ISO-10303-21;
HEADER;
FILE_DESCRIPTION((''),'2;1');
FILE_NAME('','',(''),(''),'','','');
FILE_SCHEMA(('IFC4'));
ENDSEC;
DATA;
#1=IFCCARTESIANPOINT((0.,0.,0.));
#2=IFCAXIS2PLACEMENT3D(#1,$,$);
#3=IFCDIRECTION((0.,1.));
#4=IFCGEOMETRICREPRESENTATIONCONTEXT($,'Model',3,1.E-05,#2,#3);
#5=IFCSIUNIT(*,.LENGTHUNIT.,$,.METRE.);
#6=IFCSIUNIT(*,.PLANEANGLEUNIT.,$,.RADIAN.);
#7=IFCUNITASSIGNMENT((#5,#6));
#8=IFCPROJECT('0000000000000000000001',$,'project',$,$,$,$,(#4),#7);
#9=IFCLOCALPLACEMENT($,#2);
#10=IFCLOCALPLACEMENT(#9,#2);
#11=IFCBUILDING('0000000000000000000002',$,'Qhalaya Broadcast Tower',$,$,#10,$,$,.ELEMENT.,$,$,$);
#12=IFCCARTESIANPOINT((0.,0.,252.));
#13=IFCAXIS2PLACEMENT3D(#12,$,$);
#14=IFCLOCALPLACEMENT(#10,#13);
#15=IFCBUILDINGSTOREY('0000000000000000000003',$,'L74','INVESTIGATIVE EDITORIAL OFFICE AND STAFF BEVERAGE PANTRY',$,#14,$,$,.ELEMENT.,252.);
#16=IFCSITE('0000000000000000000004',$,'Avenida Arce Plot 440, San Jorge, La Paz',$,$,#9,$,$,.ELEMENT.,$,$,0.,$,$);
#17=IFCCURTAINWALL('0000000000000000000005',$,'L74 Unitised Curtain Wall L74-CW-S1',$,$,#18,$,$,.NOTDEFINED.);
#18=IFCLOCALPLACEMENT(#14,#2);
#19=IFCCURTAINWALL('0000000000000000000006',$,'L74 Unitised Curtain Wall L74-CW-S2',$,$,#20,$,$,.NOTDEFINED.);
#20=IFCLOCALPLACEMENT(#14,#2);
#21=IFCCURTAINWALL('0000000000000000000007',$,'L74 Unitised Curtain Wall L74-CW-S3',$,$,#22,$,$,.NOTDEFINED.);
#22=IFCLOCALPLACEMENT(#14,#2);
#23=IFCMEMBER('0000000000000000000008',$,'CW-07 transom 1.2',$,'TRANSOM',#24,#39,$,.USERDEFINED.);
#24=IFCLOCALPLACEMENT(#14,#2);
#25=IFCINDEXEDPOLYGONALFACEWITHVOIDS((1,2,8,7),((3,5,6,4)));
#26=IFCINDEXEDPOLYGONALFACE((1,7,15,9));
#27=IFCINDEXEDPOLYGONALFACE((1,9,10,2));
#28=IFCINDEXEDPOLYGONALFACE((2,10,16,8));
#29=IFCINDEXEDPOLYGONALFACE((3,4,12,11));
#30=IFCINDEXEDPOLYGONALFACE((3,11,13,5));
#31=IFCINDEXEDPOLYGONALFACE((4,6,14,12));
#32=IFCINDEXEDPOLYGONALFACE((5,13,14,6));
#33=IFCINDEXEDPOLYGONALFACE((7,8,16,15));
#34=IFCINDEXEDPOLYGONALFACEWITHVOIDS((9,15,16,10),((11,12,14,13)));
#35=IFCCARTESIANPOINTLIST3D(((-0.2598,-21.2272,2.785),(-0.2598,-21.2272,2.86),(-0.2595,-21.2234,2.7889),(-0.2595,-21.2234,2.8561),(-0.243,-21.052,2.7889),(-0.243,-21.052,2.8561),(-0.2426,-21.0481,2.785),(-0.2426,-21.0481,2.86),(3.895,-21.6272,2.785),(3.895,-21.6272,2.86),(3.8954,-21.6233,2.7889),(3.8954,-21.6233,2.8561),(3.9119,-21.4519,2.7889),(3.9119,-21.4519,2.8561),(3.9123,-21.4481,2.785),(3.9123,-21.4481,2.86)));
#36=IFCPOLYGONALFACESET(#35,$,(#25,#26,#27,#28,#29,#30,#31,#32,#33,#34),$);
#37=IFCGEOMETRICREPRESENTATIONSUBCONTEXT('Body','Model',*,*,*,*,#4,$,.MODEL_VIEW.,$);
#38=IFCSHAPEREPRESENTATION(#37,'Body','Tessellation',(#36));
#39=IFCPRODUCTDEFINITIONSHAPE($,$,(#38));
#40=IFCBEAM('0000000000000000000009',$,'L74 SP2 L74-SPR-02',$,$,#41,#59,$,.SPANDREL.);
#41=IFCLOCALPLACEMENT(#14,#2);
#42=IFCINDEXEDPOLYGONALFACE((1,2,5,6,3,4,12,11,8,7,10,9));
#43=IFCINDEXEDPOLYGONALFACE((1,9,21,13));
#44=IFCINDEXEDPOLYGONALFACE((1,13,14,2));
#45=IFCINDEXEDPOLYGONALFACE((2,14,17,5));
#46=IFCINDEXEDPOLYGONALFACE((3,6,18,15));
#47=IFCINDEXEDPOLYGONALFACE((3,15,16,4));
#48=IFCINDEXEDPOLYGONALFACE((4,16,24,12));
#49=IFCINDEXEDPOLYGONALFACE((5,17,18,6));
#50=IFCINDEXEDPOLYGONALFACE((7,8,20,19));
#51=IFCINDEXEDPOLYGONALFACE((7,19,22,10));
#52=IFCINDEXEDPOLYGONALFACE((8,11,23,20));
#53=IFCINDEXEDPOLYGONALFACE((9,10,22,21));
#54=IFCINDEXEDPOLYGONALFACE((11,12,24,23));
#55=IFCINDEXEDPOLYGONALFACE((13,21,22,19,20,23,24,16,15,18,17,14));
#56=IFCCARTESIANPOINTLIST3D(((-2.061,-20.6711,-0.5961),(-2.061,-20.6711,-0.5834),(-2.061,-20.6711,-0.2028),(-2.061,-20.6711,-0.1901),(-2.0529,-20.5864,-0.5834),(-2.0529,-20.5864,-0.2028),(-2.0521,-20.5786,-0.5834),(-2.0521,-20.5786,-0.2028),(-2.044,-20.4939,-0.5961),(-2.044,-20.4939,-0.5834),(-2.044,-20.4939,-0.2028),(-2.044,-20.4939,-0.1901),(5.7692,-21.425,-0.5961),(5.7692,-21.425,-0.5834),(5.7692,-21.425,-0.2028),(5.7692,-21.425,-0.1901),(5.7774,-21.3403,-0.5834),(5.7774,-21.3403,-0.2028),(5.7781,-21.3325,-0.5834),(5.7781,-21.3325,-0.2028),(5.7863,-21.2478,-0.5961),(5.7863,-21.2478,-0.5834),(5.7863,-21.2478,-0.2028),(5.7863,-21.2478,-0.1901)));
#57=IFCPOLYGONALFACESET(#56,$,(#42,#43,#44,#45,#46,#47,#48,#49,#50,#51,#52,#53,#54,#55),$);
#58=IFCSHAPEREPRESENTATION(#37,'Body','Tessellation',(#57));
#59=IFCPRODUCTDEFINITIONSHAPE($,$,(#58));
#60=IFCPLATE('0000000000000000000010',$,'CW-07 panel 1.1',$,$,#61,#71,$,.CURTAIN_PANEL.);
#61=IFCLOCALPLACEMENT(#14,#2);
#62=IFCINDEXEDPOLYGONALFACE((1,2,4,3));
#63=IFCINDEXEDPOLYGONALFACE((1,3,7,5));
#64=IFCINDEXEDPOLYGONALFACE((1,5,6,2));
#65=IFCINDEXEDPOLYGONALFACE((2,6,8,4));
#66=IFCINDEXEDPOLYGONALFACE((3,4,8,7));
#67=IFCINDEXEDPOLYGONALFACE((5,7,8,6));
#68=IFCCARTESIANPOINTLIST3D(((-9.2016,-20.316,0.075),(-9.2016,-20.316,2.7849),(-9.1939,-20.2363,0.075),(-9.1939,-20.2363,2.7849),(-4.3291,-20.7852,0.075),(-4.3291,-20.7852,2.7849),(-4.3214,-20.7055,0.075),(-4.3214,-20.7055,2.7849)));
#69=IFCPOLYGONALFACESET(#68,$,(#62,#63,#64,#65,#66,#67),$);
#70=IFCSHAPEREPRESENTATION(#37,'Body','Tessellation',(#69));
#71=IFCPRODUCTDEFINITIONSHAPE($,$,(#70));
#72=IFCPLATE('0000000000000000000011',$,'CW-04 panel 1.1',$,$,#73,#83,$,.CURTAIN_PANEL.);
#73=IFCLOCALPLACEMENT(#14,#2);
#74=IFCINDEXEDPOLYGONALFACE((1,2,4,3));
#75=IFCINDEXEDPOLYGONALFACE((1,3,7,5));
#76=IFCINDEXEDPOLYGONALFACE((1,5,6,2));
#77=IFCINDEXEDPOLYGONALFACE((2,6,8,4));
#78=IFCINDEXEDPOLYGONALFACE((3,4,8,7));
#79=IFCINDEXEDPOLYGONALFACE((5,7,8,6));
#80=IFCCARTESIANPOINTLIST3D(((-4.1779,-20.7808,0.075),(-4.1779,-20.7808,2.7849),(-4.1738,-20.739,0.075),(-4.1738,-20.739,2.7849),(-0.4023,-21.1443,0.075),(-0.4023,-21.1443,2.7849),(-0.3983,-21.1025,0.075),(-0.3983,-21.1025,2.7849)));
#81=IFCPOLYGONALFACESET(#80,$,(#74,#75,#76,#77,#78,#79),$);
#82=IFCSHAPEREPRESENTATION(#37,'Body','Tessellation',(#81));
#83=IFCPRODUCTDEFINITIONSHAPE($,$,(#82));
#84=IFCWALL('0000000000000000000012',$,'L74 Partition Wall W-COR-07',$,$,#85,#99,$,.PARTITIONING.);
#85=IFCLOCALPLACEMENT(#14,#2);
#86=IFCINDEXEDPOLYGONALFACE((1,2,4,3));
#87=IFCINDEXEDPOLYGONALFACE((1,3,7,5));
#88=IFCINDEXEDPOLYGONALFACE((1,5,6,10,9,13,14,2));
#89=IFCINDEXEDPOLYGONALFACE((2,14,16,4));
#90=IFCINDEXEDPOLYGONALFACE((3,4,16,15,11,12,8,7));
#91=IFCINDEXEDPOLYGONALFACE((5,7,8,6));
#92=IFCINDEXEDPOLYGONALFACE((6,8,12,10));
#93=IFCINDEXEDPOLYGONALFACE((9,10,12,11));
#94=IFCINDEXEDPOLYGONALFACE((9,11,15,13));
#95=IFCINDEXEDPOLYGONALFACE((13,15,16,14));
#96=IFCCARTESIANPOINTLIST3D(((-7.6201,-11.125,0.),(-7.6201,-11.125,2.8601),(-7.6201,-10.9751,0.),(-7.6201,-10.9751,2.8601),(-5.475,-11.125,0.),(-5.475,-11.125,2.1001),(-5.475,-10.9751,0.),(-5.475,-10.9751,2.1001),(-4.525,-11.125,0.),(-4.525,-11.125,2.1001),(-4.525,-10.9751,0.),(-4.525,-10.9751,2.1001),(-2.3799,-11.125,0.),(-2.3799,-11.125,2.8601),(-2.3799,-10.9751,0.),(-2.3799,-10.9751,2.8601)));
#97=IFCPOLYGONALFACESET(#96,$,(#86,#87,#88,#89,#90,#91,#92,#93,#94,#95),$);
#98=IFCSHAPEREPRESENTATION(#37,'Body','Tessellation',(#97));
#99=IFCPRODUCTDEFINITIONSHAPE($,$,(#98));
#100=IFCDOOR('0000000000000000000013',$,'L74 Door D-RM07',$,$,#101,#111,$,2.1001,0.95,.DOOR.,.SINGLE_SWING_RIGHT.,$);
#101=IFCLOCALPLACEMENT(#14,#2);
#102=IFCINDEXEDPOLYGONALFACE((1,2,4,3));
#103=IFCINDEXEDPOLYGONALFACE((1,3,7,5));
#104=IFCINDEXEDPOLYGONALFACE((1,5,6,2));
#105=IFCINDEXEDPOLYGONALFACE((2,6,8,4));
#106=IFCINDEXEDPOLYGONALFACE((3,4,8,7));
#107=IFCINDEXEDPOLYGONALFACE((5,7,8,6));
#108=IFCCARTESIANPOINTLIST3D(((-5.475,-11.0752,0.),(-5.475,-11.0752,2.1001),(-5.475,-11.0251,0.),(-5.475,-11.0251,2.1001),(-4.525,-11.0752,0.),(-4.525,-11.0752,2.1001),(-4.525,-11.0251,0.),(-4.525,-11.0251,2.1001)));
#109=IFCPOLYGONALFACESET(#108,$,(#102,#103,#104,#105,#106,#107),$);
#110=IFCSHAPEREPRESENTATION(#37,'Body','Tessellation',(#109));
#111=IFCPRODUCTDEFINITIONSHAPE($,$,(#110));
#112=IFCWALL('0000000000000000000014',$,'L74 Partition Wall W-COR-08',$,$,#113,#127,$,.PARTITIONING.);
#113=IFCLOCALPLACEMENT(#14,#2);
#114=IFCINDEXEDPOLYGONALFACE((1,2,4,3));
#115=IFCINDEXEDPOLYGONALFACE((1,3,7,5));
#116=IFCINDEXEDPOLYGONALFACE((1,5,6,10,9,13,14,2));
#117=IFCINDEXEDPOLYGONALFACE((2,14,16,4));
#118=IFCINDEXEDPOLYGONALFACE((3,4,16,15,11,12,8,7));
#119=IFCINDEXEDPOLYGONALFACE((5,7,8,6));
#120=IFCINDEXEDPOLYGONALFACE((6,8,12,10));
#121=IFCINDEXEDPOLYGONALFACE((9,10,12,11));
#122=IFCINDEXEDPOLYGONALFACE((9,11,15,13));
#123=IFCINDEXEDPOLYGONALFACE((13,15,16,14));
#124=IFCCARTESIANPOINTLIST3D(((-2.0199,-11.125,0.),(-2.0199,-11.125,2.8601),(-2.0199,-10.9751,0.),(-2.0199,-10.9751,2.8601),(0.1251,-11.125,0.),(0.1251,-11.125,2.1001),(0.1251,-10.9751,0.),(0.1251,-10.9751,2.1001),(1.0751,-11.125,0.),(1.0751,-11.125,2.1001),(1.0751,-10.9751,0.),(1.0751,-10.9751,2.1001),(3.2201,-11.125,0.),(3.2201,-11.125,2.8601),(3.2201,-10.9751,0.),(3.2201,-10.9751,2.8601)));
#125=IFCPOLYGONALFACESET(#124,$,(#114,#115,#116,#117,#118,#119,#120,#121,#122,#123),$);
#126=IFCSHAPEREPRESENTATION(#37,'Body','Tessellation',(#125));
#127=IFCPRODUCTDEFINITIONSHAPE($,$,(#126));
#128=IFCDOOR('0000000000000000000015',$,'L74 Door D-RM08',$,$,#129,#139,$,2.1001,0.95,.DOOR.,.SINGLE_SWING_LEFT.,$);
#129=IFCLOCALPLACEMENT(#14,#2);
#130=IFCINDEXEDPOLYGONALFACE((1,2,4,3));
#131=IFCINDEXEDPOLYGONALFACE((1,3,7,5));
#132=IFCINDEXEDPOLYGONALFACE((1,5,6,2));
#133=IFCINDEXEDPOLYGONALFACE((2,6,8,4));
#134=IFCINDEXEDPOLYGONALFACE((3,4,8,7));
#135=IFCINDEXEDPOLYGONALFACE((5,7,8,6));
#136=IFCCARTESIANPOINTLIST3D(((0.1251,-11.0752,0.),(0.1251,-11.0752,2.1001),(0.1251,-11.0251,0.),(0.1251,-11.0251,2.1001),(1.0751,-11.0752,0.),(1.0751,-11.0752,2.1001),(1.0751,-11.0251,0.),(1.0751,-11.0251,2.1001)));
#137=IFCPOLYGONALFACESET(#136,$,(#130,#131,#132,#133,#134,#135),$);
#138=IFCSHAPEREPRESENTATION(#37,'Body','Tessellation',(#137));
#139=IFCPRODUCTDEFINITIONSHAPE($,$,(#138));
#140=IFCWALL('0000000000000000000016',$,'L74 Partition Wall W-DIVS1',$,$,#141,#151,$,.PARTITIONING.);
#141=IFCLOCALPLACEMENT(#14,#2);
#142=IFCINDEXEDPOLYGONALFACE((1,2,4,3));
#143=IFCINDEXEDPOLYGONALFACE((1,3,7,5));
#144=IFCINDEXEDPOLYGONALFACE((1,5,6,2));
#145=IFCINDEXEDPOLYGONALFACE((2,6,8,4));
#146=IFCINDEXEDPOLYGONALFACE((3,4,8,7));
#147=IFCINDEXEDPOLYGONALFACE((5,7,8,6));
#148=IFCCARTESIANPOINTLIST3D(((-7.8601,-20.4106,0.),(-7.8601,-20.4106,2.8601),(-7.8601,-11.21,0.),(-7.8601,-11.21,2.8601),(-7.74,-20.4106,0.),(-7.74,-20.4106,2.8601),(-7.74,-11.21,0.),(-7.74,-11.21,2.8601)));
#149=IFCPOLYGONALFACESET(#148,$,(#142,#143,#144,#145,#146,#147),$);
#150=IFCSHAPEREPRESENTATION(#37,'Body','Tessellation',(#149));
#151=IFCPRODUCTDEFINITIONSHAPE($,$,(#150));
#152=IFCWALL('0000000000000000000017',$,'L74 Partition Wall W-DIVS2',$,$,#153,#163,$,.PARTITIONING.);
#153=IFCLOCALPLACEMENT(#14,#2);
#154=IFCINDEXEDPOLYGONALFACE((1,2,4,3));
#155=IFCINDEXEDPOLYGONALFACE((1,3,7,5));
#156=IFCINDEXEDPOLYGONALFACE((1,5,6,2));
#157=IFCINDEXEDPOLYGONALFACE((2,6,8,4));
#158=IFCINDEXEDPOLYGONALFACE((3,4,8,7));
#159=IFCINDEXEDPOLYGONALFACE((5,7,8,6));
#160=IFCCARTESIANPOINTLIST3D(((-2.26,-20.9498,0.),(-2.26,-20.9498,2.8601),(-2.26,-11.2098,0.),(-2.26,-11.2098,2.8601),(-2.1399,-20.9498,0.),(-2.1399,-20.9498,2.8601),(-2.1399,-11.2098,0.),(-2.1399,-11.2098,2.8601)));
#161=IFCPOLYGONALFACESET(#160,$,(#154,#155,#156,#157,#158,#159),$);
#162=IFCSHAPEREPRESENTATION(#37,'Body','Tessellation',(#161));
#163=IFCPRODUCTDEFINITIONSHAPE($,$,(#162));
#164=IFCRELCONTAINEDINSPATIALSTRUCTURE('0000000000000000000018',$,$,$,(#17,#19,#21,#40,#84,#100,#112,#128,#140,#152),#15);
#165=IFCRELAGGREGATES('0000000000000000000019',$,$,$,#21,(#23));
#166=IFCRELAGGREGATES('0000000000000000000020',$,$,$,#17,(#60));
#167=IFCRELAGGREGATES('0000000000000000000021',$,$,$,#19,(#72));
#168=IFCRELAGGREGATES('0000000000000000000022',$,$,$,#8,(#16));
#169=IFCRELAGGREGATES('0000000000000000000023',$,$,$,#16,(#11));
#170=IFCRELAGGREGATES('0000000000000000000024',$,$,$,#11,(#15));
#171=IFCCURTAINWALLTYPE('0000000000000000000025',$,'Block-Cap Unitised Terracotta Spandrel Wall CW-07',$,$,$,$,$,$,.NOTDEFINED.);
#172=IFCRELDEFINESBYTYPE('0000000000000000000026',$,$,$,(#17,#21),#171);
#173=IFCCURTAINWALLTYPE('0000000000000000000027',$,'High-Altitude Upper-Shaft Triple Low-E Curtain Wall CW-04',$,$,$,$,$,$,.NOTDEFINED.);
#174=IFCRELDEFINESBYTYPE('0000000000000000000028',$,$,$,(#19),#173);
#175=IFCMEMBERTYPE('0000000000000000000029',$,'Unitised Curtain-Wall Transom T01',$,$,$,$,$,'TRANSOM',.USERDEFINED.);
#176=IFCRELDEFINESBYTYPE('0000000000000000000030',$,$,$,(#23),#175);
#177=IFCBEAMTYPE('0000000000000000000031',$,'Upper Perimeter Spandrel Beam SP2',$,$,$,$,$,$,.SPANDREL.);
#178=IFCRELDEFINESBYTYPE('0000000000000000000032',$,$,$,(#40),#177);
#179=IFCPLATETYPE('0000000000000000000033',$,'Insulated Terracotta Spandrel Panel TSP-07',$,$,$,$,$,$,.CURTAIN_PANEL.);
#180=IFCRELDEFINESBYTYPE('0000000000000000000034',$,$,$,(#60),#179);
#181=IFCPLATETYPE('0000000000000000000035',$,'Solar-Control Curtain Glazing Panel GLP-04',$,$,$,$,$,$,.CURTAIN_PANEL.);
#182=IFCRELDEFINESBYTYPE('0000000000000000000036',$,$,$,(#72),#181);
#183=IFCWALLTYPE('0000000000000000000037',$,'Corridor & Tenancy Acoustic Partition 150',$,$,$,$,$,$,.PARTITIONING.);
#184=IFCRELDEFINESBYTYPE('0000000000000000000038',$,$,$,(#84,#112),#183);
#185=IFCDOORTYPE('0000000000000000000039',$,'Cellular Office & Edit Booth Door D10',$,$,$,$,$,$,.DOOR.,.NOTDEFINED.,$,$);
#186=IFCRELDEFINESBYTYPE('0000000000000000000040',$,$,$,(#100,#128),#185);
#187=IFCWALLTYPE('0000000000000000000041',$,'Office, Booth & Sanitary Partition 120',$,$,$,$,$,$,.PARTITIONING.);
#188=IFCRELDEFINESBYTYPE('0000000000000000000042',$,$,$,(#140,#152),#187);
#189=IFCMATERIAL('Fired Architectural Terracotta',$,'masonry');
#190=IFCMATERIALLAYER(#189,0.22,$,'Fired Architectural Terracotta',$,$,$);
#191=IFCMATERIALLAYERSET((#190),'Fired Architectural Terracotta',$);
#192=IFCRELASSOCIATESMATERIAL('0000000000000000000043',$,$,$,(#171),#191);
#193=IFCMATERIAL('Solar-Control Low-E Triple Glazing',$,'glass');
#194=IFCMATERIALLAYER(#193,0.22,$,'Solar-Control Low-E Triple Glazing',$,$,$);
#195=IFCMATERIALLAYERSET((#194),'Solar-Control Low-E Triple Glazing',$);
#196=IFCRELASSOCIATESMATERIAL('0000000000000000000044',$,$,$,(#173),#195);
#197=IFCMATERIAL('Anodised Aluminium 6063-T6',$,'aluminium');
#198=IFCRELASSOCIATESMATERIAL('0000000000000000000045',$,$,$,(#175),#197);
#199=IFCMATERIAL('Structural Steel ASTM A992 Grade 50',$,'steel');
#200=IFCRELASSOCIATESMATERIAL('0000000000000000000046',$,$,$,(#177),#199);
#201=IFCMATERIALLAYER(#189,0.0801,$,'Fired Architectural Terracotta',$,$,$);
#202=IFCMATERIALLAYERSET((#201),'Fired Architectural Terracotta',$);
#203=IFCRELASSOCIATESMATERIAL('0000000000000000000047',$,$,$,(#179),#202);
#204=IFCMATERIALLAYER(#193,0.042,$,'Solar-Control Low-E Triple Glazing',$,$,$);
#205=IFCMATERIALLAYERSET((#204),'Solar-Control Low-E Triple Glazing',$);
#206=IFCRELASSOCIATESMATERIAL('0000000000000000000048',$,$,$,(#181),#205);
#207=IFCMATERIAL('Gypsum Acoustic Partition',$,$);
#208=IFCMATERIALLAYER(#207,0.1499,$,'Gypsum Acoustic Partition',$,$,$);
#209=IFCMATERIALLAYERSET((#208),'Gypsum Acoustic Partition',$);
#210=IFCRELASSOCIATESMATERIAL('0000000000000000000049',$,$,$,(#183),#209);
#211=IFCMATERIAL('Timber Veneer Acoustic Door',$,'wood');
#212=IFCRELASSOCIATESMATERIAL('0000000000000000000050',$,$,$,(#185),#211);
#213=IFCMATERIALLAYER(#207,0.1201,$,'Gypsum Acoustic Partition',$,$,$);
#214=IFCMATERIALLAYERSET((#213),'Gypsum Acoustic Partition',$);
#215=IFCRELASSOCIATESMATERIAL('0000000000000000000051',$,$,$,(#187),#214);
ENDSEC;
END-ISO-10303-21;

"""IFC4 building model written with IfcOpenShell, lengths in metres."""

from ifc_helpers import new_model, si_unit, direction, frame, frame_2d, origin, origin_2d, place, context, subcontext, project, spatial, rectangle, hollow_rectangle, i_section, extrude, material, layer, layer_set, material_profile, profile_set, type_object, element, fill, aggregate, save


model = new_model("IFC4")

# Units and contexts
model_context = context("Model", 3, precision=1e-05, world=origin(), true_north=direction((0.0, 1.0)))
body_context = subcontext(model_context, "Body", "Model", "MODEL_VIEW")
ifc_project = project(units=[si_unit("LENGTHUNIT", "METRE"), si_unit("PLANEANGLEUNIT", "RADIAN")], contexts=[model_context])

# Site, building, storey
site_placement = place(None, origin())
site = spatial("IfcSite", under=ifc_project, at=site_placement, Name="Avenida Arce Plot 440, San Jorge, La Paz", CompositionType="ELEMENT", RefElevation=0.0)
building_placement = place(site_placement, origin())
building = spatial("IfcBuilding", under=site, at=building_placement, Name="Qhalaya Broadcast Tower", CompositionType="ELEMENT")
storey_placement = place(building_placement, frame((0.0, 0.0, 252.0)))
storey = spatial("IfcBuildingStorey", under=building, at=storey_placement, Name="L74", Description="INVESTIGATIVE EDITORIAL OFFICE AND STAFF BEVERAGE PANTRY", CompositionType="ELEMENT", Elevation=252.0)

# Shared definitions
ifc_material_1 = material(Name="Structural Steel ASTM A992 Grade 50", Category="steel")

# Curtain wall
ifc_material_2 = material(Name="Fired Architectural Terracotta", Category="masonry")
ifc_layer_1 = layer(ifc_material_2, 0.22, Name="Fired Architectural Terracotta")
ifc_layer_set_1 = layer_set([ifc_layer_1], Name="Fired Architectural Terracotta")
curtain_wall_type_1 = type_object("IfcCurtainWallType", Name="Block-Cap Unitised Terracotta Spandrel Wall CW-07", PredefinedType="NOTDEFINED", material=ifc_layer_set_1)
curtain_wall_1_placement = place(storey_placement, origin())
curtain_wall_1 = element("IfcCurtainWall", 1, at=curtain_wall_1_placement, inside=storey, type_object=curtain_wall_type_1, Name="L74 Unitised Curtain Wall L74-CW-S1", PredefinedType="NOTDEFINED")
ifc_material_3 = material(Name="Anodised Aluminium 6063-T6", Category="aluminium")

# Curtain wall
ifc_material_4 = material(Name="Solar-Control Low-E Triple Glazing", Category="glass")
ifc_layer_2 = layer(ifc_material_4, 0.22, Name="Solar-Control Low-E Triple Glazing")
ifc_layer_set_2 = layer_set([ifc_layer_2], Name="Solar-Control Low-E Triple Glazing")
curtain_wall_type_2 = type_object("IfcCurtainWallType", Name="High-Altitude Upper-Shaft Triple Low-E Curtain Wall CW-04", PredefinedType="NOTDEFINED", material=ifc_layer_set_2)
curtain_wall_2_placement = place(storey_placement, origin())
curtain_wall_2 = element("IfcCurtainWall", 2, at=curtain_wall_2_placement, inside=storey, type_object=curtain_wall_type_2, Name="L74 Unitised Curtain Wall L74-CW-S2", PredefinedType="NOTDEFINED")

# Curtain wall
curtain_wall_3_placement = place(storey_placement, origin())
curtain_wall_3 = element("IfcCurtainWall", 3, at=curtain_wall_3_placement, inside=storey, type_object=curtain_wall_type_1, Name="L74 Unitised Curtain Wall L74-CW-S3", PredefinedType="NOTDEFINED")

# Member
ifc_material_profile_1 = material_profile(ifc_material_3, hollow_rectangle(XDim=0.075, YDim=0.1799, WallThickness=0.0039, at=origin_2d()), Name="ALU-TRN 75x180x4")
ifc_profile_set_1 = profile_set([ifc_material_profile_1], Name="Anodised Aluminium 6063-T6")
member_type_1 = type_object("IfcMemberType", Name="Unitised Curtain-Wall Transom T01", ElementType="TRANSOM", PredefinedType="USERDEFINED", material=ifc_profile_set_1)
member_1_placement = place(storey_placement, frame((-0.2512, -21.1377, 2.8225), z_axis=(0.9954, -0.095808, 0.0), x_axis=(0.0, 0.0, 1.0)))
member_1 = element("IfcMember", 4, at=member_1_placement, type_object=member_type_1, Name="CW-07 transom 1.2", ObjectType="TRANSOM", PredefinedType="USERDEFINED", context=body_context, shape_type="SweptSolid", body=[
    extrude(hollow_rectangle(XDim=0.075, YDim=0.1799, WallThickness=0.0039, at=origin_2d()), origin(), (0.0, 0.0, 1.0), 4.1741),
])
aggregate(curtain_wall_3, [member_1])

# Beam
ifc_material_profile_2 = material_profile(ifc_material_1, i_section(OverallWidth=0.178, OverallDepth=0.406, WebThickness=0.0078, FlangeThickness=0.0127, at=origin_2d()), Name="W16X40")
ifc_profile_set_2 = profile_set([ifc_material_profile_2], Name="Structural Steel ASTM A992 Grade 50")
beam_type_1 = type_object("IfcBeamType", Name="Upper Perimeter Spandrel Beam SP2", PredefinedType="SPANDREL", material=ifc_profile_set_2)
beam_1_placement = place(storey_placement, frame((-2.0525, -20.5825, -0.3931), z_axis=(0.995397, -0.095837, 0.0), x_axis=(0.095837, 0.995397, 0.0)))
element("IfcBeam", 5, at=beam_1_placement, inside=storey, type_object=beam_type_1, Name="L74 SP2 L74-SPR-02", PredefinedType="SPANDREL", context=body_context, shape_type="SweptSolid", body=[
    extrude(i_section(OverallWidth=0.178, OverallDepth=0.406, WebThickness=0.0078, FlangeThickness=0.0127, at=origin_2d()), origin(), (0.0, 0.0, 1.0), 7.8665),
])

# Plates
ifc_layer_3 = layer(ifc_material_2, 0.0801, Name="Fired Architectural Terracotta")
ifc_layer_set_3 = layer_set([ifc_layer_3], Name="Fired Architectural Terracotta")
plate_type_1 = type_object("IfcPlateType", Name="Insulated Terracotta Spandrel Panel TSP-07", PredefinedType="CURTAIN_PANEL", material=ifc_layer_set_3)
plate_1_placement = place(storey_placement, frame((-6.7615, -20.5107, 0.075), z_axis=(0.0, 0.0, 1.0), x_axis=(0.995395, -0.095857, 0.0)))
plate_1 = element("IfcPlate", 6, at=plate_1_placement, type_object=plate_type_1, Name="CW-07 panel 1.1", PredefinedType="CURTAIN_PANEL", context=body_context, shape_type="SweptSolid", body=[
    extrude(rectangle(XDim=4.895, YDim=0.0801, at=origin_2d()), origin(), (0.0, 0.0, 1.0), 2.71),
])
aggregate(curtain_wall_1, [plate_1])
ifc_layer_4 = layer(ifc_material_4, 0.042, Name="Solar-Control Low-E Triple Glazing")
ifc_layer_set_4 = layer_set([ifc_layer_4], Name="Solar-Control Low-E Triple Glazing")
plate_type_2 = type_object("IfcPlateType", Name="Solar-Control Curtain Glazing Panel GLP-04", PredefinedType="CURTAIN_PANEL", material=ifc_layer_set_4)
plate_2_placement = place(storey_placement, frame((-2.2881, -20.9417, 0.075), z_axis=(0.0, 0.0, 1.0), x_axis=(0.995397, -0.095842, 0.0)))
plate_2 = element("IfcPlate", 7, at=plate_2_placement, type_object=plate_type_2, Name="CW-04 panel 1.1", PredefinedType="CURTAIN_PANEL", context=body_context, shape_type="SweptSolid", body=[
    extrude(rectangle(XDim=3.793, YDim=0.042, at=origin_2d()), origin(), (0.0, 0.0, 1.0), 2.71),
])
aggregate(curtain_wall_2, [plate_2])

# Walls, openings, doors
ifc_material_5 = material(Name="Gypsum Acoustic Partition")
ifc_layer_5 = layer(ifc_material_5, 0.1499, Name="Gypsum Acoustic Partition")
ifc_layer_set_5 = layer_set([ifc_layer_5], Name="Gypsum Acoustic Partition")
wall_type_1 = type_object("IfcWallType", Name="Corridor & Tenancy Acoustic Partition 150", PredefinedType="PARTITIONING", material=ifc_layer_set_5)
wall_1_placement = place(storey_placement, frame((-7.6201, -11.05, 0.0), z_axis=(0.0, 0.0, 1.0), x_axis=(1.0, 0.0, 0.0)))
wall_1 = element("IfcWall", 8, at=wall_1_placement, inside=storey, type_object=wall_type_1, Name="L74 Partition Wall W-COR-07", PredefinedType="PARTITIONING", context=body_context, shape_type="SweptSolid", body=[
    extrude(rectangle(XDim=5.2402, YDim=0.1499, at=frame_2d((2.6201, 0.0))), origin(), (0.0, 0.0, 1.0), 2.8601),
])
opening_1_placement = place(wall_1_placement, frame((2.145, 0.0, 0.0)))
opening_1 = element("IfcOpeningElement", 9, at=opening_1_placement, cuts=wall_1, PredefinedType="OPENING", context=body_context, shape_type="SweptSolid", body=[
    extrude(rectangle(XDim=0.95, YDim=2.1001, at=frame_2d((0.4751, 1.05))), frame((0.0, 0.0869, 0.0), z_axis=(0.0, -1.0, 0.0), x_axis=(1.0, 0.0, 0.0)), (0.0, 0.0, 1.0), 0.1738),
])
ifc_material_6 = material(Name="Timber Veneer Acoustic Door", Category="wood")
door_type = type_object("IfcDoorType", Name="Cellular Office & Edit Booth Door D10", OperationType="NOTDEFINED", PredefinedType="DOOR", material=ifc_material_6)
door_1_placement = place(opening_1_placement, origin())
door_1 = element("IfcDoor", 10, at=door_1_placement, inside=storey, type_object=door_type, Name="L74 Door D-RM07", OperationType="SINGLE_SWING_RIGHT", OverallHeight=2.1001, OverallWidth=0.95, PredefinedType="DOOR", context=body_context, shape_type="SweptSolid", body=[
    extrude(rectangle(XDim=0.95, YDim=2.1001, at=frame_2d((0.4751, 1.05))), frame((0.0, 0.0249, 0.0), z_axis=(0.0, -1.0, 0.0), x_axis=(1.0, 0.0, 0.0)), (0.0, 0.0, 1.0), 0.05),
])
fill(opening_1, door_1)
wall_2_placement = place(storey_placement, frame((-2.02, -11.05, 0.0), z_axis=(0.0, 0.0, 1.0), x_axis=(1.0, 0.0, 0.0)))
wall_2 = element("IfcWall", 11, at=wall_2_placement, inside=storey, type_object=wall_type_1, Name="L74 Partition Wall W-COR-08", PredefinedType="PARTITIONING", context=body_context, shape_type="SweptSolid", body=[
    extrude(rectangle(XDim=5.24, YDim=0.1499, at=frame_2d((2.6201, 0.0))), origin(), (0.0, 0.0, 1.0), 2.8601),
])
opening_2_placement = place(wall_2_placement, frame((2.145, 0.0, 0.0)))
opening_2 = element("IfcOpeningElement", 12, at=opening_2_placement, cuts=wall_2, PredefinedType="OPENING", context=body_context, shape_type="SweptSolid", body=[
    extrude(rectangle(XDim=0.95, YDim=2.1001, at=frame_2d((0.4751, 1.05))), frame((0.0, 0.0869, 0.0), z_axis=(0.0, -1.0, 0.0), x_axis=(1.0, 0.0, 0.0)), (0.0, 0.0, 1.0), 0.1738),
])
door_2_placement = place(opening_2_placement, origin())
door_2 = element("IfcDoor", 13, at=door_2_placement, inside=storey, type_object=door_type, Name="L74 Door D-RM08", OperationType="SINGLE_SWING_LEFT", OverallHeight=2.1001, OverallWidth=0.95, PredefinedType="DOOR", context=body_context, shape_type="SweptSolid", body=[
    extrude(rectangle(XDim=0.95, YDim=2.1001, at=frame_2d((0.4751, 1.05))), frame((0.0, 0.0249, 0.0), z_axis=(0.0, -1.0, 0.0), x_axis=(1.0, 0.0, 0.0)), (0.0, 0.0, 1.0), 0.05),
])
fill(opening_2, door_2)

# Walls
ifc_layer_6 = layer(ifc_material_5, 0.1201, Name="Gypsum Acoustic Partition")
ifc_layer_set_6 = layer_set([ifc_layer_6], Name="Gypsum Acoustic Partition")
wall_type_2 = type_object("IfcWallType", Name="Office, Booth & Sanitary Partition 120", PredefinedType="PARTITIONING", material=ifc_layer_set_6)
wall_3_placement = place(storey_placement, frame((-7.8, -20.4106, 0.0), z_axis=(0.0, 0.0, 1.0), x_axis=(0.0, 1.0, 0.0)))
element("IfcWall", 14, at=wall_3_placement, inside=storey, type_object=wall_type_2, Name="L74 Partition Wall W-DIVS1", PredefinedType="PARTITIONING", context=body_context, shape_type="SweptSolid", body=[
    extrude(rectangle(XDim=9.2007, YDim=0.1201, at=frame_2d((4.6003, 0.0))), origin(), (0.0, 0.0, 1.0), 2.8601),
])
wall_4_placement = place(storey_placement, frame((-2.2, -20.95, 0.0), z_axis=(0.0, 0.0, 1.0), x_axis=(0.0, 1.0, 0.0)))
element("IfcWall", 15, at=wall_4_placement, inside=storey, type_object=wall_type_2, Name="L74 Partition Wall W-DIVS2", PredefinedType="PARTITIONING", context=body_context, shape_type="SweptSolid", body=[
    extrude(rectangle(XDim=9.74, YDim=0.1201, at=frame_2d((4.8701, 0.0))), origin(), (0.0, 0.0, 1.0), 2.8601),
])

save(model, "model.ifc")
